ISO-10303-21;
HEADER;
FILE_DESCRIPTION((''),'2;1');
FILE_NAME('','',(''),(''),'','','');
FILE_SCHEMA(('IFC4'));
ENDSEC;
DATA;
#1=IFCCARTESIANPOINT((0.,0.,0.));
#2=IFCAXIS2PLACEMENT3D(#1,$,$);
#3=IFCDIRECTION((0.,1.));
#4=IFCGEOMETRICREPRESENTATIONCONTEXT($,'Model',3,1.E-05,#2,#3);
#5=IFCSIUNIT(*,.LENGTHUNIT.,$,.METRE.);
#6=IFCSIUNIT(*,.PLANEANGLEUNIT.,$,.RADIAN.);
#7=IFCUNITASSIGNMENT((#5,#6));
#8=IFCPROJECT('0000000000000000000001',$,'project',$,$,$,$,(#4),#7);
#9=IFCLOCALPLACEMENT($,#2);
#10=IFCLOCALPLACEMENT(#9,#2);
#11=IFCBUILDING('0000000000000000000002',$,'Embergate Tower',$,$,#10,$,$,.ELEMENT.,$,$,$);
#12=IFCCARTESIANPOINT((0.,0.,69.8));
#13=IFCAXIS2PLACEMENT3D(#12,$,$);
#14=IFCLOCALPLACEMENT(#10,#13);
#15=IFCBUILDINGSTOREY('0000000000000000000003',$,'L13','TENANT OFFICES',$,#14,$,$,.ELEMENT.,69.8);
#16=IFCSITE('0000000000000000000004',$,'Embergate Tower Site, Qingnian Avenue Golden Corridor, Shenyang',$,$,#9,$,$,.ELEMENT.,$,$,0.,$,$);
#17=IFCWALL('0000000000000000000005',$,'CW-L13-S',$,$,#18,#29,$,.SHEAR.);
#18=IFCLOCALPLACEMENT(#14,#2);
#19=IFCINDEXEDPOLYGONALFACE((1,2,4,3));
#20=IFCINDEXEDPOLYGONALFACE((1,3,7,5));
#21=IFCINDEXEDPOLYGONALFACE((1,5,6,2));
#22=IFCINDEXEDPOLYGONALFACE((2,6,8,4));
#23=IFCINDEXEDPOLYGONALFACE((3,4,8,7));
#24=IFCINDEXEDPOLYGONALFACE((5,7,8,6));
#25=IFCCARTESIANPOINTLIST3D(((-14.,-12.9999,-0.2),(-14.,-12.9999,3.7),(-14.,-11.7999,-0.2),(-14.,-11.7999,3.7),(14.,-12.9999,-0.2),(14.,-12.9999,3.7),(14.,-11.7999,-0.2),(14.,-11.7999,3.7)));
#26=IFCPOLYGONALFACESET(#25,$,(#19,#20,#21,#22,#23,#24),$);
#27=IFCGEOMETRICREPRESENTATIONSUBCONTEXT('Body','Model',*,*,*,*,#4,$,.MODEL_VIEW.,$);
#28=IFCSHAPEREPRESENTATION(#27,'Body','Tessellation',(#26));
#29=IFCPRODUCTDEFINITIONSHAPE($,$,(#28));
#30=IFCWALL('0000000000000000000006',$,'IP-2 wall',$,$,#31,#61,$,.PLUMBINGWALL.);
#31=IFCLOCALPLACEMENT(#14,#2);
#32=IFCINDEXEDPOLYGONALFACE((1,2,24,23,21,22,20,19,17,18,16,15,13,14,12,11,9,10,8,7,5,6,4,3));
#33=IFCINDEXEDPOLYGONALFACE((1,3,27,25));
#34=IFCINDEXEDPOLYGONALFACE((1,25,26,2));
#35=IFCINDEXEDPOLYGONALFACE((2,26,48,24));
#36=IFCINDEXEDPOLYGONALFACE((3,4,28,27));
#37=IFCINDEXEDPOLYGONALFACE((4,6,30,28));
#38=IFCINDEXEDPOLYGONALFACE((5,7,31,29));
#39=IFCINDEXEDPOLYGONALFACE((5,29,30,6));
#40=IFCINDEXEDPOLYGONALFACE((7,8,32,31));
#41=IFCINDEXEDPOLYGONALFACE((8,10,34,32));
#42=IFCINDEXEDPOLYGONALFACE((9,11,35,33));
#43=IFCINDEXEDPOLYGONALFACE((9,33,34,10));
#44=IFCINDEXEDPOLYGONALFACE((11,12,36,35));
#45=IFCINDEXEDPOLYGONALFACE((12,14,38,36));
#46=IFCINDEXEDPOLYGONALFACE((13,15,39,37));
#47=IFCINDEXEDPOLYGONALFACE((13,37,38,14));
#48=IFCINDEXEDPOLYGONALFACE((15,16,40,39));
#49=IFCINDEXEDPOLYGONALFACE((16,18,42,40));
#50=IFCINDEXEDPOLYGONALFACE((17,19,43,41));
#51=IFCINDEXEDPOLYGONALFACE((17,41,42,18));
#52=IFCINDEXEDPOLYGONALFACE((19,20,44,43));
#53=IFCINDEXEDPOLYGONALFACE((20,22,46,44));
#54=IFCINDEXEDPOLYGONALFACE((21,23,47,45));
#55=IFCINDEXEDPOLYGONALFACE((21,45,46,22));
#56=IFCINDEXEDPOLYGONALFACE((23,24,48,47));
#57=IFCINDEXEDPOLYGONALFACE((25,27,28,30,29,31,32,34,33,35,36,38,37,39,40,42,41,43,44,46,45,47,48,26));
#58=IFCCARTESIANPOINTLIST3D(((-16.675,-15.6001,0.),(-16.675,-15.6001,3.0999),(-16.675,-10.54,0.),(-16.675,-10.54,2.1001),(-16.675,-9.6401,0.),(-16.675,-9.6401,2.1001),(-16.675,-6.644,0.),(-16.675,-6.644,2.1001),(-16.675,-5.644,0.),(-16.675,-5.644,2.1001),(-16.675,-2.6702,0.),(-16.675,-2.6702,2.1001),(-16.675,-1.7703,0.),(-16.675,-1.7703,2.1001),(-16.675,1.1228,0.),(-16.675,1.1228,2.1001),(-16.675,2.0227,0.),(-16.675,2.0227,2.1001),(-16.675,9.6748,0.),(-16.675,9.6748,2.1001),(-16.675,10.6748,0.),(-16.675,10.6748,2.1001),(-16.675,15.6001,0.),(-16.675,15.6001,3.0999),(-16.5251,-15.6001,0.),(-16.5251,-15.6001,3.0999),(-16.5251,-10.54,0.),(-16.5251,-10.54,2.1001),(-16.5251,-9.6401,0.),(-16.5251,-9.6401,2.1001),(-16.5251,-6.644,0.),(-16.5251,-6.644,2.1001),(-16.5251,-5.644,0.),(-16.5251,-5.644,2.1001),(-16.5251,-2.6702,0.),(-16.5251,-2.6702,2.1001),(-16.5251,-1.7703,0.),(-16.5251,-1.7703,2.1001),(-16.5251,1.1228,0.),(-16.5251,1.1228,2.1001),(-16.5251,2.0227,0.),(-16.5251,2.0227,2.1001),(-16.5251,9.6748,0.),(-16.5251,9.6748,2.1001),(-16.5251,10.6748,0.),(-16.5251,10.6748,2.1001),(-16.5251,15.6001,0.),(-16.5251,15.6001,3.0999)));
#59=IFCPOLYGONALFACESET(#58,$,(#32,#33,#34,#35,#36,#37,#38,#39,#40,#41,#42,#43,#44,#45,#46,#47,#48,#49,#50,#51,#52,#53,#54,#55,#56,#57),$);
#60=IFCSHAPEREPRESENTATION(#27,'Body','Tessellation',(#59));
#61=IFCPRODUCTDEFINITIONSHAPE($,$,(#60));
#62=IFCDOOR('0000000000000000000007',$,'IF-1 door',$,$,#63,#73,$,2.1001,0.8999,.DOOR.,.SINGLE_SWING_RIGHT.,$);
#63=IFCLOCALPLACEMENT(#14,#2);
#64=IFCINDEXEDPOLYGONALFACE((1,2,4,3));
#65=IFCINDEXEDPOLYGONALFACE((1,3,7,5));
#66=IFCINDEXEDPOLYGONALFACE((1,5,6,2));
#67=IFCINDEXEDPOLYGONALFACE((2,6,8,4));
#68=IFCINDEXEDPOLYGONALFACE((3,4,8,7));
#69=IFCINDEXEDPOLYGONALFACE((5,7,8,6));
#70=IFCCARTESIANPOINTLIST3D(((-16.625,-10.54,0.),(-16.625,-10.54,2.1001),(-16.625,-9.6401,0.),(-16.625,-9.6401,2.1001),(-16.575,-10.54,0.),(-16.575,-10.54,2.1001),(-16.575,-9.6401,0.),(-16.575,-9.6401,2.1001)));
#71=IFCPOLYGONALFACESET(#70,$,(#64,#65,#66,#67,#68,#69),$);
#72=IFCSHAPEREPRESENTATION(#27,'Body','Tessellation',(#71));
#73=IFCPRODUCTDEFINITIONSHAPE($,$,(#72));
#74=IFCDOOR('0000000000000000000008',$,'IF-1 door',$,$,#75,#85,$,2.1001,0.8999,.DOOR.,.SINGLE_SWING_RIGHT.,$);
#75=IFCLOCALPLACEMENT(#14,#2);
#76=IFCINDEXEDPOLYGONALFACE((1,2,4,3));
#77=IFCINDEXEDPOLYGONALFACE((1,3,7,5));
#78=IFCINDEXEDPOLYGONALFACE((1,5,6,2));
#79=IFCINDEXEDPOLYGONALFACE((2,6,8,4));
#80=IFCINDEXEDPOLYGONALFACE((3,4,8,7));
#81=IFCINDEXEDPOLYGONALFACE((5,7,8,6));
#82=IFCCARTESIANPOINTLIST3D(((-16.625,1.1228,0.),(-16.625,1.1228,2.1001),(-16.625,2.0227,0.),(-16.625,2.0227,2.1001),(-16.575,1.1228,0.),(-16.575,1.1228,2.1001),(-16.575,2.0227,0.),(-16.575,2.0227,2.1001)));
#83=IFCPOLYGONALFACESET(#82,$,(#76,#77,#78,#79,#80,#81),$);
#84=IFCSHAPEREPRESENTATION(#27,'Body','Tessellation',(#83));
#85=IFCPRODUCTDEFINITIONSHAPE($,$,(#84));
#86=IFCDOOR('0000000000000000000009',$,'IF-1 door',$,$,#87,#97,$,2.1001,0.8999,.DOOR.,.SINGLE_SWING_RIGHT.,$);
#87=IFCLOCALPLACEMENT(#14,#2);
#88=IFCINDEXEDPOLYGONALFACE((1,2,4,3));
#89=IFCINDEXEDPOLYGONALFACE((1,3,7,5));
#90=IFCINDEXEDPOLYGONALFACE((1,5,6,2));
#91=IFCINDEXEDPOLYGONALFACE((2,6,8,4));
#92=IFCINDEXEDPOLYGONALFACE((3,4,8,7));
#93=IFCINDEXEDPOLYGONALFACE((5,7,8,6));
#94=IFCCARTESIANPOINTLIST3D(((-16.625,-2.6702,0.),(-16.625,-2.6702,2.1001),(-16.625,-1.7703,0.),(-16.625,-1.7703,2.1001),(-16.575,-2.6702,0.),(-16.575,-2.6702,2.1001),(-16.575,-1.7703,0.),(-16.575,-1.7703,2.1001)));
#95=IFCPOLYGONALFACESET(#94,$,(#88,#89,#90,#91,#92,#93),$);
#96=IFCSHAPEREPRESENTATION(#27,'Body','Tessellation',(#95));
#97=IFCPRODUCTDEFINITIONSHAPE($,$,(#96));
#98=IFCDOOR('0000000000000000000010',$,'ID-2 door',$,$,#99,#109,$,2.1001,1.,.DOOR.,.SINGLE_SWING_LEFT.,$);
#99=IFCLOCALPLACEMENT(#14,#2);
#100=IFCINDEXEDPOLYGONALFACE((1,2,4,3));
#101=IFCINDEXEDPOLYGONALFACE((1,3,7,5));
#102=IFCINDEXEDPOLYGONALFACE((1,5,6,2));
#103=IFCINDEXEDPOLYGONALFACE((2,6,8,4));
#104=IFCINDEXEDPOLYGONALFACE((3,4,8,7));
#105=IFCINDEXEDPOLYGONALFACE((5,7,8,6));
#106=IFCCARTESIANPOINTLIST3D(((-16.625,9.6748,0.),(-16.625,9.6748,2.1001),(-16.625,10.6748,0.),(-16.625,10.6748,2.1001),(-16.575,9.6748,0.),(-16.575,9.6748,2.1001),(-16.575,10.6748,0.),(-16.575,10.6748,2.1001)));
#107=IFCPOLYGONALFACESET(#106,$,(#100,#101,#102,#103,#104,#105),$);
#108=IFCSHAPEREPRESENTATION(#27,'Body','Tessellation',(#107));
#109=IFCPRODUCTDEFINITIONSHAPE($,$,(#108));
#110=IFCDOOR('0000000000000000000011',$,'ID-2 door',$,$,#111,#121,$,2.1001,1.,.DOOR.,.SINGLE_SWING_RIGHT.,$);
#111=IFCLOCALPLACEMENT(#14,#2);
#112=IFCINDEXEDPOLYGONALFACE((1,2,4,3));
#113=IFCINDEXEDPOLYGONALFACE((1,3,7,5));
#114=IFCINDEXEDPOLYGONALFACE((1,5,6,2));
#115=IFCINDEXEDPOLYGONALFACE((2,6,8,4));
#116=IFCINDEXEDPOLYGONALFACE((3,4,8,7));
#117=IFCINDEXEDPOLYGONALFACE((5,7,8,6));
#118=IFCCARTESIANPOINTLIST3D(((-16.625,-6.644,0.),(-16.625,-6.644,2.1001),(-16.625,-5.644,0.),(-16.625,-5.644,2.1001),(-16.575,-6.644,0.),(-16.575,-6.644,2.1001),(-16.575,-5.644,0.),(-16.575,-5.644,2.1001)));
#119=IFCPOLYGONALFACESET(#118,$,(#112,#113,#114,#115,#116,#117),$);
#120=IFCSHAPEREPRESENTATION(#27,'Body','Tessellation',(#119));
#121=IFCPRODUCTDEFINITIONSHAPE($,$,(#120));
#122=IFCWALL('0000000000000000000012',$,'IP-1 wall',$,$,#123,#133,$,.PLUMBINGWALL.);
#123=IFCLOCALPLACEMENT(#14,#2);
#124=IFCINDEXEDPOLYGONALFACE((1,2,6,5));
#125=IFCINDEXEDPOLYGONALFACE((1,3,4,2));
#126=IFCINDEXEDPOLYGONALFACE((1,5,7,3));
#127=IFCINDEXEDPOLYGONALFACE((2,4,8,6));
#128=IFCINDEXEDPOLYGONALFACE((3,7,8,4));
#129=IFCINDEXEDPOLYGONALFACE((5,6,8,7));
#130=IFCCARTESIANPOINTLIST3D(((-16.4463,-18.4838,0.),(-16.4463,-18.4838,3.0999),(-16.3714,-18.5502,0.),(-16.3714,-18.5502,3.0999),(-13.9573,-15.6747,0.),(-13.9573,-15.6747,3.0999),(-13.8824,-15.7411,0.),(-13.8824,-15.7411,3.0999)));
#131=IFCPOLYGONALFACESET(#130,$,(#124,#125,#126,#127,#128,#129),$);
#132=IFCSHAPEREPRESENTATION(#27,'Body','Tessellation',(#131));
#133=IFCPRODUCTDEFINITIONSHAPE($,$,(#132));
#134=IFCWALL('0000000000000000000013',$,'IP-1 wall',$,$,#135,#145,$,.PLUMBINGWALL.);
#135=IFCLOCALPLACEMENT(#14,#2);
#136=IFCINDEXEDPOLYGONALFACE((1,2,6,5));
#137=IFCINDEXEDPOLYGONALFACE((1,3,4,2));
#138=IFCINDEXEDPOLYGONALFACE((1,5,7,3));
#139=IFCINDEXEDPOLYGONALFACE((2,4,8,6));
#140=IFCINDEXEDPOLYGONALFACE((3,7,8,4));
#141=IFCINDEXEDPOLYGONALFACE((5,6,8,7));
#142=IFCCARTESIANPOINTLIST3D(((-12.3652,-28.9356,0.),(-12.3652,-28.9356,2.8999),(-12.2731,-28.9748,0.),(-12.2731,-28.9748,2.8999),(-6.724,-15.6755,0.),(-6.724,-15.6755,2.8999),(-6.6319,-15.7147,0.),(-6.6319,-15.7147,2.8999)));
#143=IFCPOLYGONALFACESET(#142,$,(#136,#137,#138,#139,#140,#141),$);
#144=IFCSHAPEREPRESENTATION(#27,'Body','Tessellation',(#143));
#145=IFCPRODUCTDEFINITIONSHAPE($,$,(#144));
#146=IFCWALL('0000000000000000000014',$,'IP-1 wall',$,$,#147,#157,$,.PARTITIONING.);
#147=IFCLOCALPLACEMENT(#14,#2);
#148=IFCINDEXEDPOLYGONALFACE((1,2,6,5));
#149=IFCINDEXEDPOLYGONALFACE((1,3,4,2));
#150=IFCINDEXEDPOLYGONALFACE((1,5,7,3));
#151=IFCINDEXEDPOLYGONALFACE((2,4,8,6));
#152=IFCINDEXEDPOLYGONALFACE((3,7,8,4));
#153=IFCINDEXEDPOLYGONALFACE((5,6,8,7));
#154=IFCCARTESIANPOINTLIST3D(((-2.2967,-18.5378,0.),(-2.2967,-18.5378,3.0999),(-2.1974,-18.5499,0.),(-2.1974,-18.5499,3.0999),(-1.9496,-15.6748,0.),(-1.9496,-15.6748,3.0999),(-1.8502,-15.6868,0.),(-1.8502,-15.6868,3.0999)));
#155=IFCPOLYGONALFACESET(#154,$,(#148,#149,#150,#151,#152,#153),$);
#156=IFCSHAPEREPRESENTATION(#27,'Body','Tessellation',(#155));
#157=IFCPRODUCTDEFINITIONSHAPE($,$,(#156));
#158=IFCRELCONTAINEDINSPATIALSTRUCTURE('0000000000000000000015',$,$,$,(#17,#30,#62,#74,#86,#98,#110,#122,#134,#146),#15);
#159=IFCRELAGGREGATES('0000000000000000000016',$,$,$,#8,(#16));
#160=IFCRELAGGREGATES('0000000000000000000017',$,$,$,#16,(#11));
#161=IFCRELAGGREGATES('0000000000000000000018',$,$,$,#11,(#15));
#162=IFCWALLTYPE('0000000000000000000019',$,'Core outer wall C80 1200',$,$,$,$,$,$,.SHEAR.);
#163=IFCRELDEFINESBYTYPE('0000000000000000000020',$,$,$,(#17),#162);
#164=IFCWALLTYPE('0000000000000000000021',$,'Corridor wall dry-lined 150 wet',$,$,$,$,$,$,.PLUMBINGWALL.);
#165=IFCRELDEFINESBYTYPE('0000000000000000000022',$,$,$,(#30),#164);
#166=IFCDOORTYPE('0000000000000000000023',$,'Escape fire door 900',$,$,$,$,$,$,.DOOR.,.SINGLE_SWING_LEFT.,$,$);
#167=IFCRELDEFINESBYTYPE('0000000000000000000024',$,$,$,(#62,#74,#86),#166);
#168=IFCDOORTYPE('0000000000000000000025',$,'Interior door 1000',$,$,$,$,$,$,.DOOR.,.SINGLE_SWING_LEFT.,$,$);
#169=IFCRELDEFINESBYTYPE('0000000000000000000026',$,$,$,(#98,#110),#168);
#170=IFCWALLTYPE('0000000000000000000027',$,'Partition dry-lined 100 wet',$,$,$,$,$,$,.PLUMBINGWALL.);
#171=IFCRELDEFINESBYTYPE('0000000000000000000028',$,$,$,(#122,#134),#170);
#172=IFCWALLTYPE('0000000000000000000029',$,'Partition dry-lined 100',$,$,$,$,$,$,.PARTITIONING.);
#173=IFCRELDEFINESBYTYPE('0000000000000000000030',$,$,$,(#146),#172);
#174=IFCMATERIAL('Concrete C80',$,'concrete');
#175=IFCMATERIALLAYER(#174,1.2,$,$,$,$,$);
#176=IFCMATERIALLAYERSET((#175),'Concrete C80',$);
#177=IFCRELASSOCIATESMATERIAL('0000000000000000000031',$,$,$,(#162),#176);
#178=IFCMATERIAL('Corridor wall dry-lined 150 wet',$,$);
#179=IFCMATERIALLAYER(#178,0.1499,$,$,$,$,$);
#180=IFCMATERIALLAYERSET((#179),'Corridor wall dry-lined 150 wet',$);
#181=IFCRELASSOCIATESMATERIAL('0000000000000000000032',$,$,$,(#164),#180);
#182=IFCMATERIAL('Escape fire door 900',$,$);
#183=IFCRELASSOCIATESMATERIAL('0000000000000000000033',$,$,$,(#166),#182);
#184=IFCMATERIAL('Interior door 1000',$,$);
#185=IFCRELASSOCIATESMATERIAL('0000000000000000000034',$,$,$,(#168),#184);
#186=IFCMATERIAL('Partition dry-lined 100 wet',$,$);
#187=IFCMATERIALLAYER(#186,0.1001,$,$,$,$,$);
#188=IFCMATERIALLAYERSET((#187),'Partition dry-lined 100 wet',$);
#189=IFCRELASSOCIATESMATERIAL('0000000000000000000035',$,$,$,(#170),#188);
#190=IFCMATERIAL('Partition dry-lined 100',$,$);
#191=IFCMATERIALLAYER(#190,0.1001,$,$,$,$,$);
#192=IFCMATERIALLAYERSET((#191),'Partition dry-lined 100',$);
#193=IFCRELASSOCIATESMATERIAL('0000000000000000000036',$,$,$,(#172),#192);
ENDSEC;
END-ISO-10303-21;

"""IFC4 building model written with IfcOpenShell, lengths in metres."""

from ifc_helpers import new_model, si_unit, direction, frame, frame_2d, origin, place, context, subcontext, project, spatial, rectangle, extrude, source, transform, mapped, material, layer, layer_set, type_object, element, fill, save


model = new_model("IFC4")

# Units and contexts
model_context = context("Model", 3, precision=1e-05, world=origin(), true_north=direction((0.0, 1.0)))
body_context = subcontext(model_context, "Body", "Model", "MODEL_VIEW")
ifc_project = project(units=[si_unit("LENGTHUNIT", "METRE"), si_unit("PLANEANGLEUNIT", "RADIAN")], contexts=[model_context])

# Site, building, storey
site_placement = place(None, origin())
site = spatial("IfcSite", under=ifc_project, at=site_placement, Name="Embergate Tower Site, Qingnian Avenue Golden Corridor, Shenyang", CompositionType="ELEMENT", RefElevation=0.0)
building_placement = place(site_placement, origin())
building = spatial("IfcBuilding", under=site, at=building_placement, Name="Embergate Tower", CompositionType="ELEMENT")
storey_placement = place(building_placement, frame((0.0, 0.0, 69.8)))
storey = spatial("IfcBuildingStorey", under=building, at=storey_placement, Name="L13", Description="TENANT OFFICES", CompositionType="ELEMENT", Elevation=69.8)

# Wall
ifc_material_1 = material(Name="Concrete C80", Category="concrete")
ifc_layer_1 = layer(ifc_material_1, 1.2)
ifc_layer_set_1 = layer_set([ifc_layer_1], Name="Concrete C80")
wall_type_1 = type_object("IfcWallType", Name="Core outer wall C80 1200", PredefinedType="SHEAR", material=ifc_layer_set_1)
shared_shape_1 = source(origin(), body_context, "Body", "SweptSolid", [
    extrude(rectangle(XDim=28.0, YDim=1.2, at=frame_2d((14.0, 0.0))), origin(), (0.0, 0.0, 1.0), 3.8999),
])
wall_1_placement = place(storey_placement, frame((-14.0, -12.3999, -0.2), z_axis=(0.0, 0.0, 1.0), x_axis=(1.0, 0.0, 0.0)))
element("IfcWall", 1, at=wall_1_placement, inside=storey, type_object=wall_type_1, Name="CW-L13-S", PredefinedType="SHEAR", context=body_context, shape_type="MappedRepresentation", body=[
    mapped(shared_shape_1, transform((0.0, 0.0, 0.0))),
])

# Wall, openings, doors
ifc_material_2 = material(Name="Corridor wall dry-lined 150 wet")
ifc_layer_2 = layer(ifc_material_2, 0.1499)
ifc_layer_set_2 = layer_set([ifc_layer_2], Name="Corridor wall dry-lined 150 wet")
wall_type_2 = type_object("IfcWallType", Name="Corridor wall dry-lined 150 wet", PredefinedType="PLUMBINGWALL", material=ifc_layer_set_2)
shared_shape_2 = source(origin(), body_context, "Body", "SweptSolid", [
    extrude(rectangle(XDim=31.2002, YDim=0.1499, at=frame_2d((15.6001, 0.0))), origin(), (0.0, 0.0, 1.0), 3.0999),
])
wall_2_placement = place(storey_placement, frame((-16.6001, -15.6001, 0.0), z_axis=(0.0, 0.0, 1.0), x_axis=(0.0, 1.0, 0.0)))
wall_2 = element("IfcWall", 2, at=wall_2_placement, inside=storey, type_object=wall_type_2, Name="IP-2 wall", PredefinedType="PLUMBINGWALL", context=body_context, shape_type="MappedRepresentation", body=[
    mapped(shared_shape_2, transform((0.0, 0.0, 0.0))),
])
shared_shape_3 = source(origin(), body_context, "Body", "SweptSolid", [
    extrude(rectangle(XDim=0.8999, YDim=2.1001, at=frame_2d((0.45, 1.05))), frame((0.0, 0.085, 0.0), z_axis=(0.0, -1.0, 0.0), x_axis=(1.0, 0.0, 0.0)), (0.0, 0.0, 1.0), 0.1699),
])
opening_1_placement = place(wall_2_placement, frame((5.0601, 0.0, 0.0)))
opening_1 = element("IfcOpeningElement", 3, at=opening_1_placement, cuts=wall_2, PredefinedType="OPENING", context=body_context, shape_type="MappedRepresentation", body=[
    mapped(shared_shape_3, transform((0.0, 0.0, 0.0))),
])
shared_shape_4 = source(origin(), body_context, "Body", "SweptSolid", [
    extrude(rectangle(XDim=1.0, YDim=2.1001, at=frame_2d((0.5, 1.05))), frame((0.0, 0.085, 0.0), z_axis=(0.0, -1.0, 0.0), x_axis=(1.0, 0.0, 0.0)), (0.0, 0.0, 1.0), 0.1699),
])
opening_2_placement = place(wall_2_placement, frame((25.2749, 0.0, 0.0)))
opening_2 = element("IfcOpeningElement", 4, at=opening_2_placement, cuts=wall_2, PredefinedType="OPENING", context=body_context, shape_type="MappedRepresentation", body=[
    mapped(shared_shape_4, transform((0.0, 0.0, 0.0))),
])
opening_3_placement = place(wall_2_placement, frame((16.7229, 0.0, 0.0)))
opening_3 = element("IfcOpeningElement", 5, at=opening_3_placement, cuts=wall_2, PredefinedType="OPENING", context=body_context, shape_type="MappedRepresentation", body=[
    mapped(shared_shape_3, transform((0.0, 0.0, 0.0))),
])
opening_4_placement = place(wall_2_placement, frame((12.9299, 0.0, 0.0)))
opening_4 = element("IfcOpeningElement", 6, at=opening_4_placement, cuts=wall_2, PredefinedType="OPENING", context=body_context, shape_type="MappedRepresentation", body=[
    mapped(shared_shape_3, transform((0.0, 0.0, 0.0))),
])
opening_5_placement = place(wall_2_placement, frame((8.9561, 0.0, 0.0)))
opening_5 = element("IfcOpeningElement", 7, at=opening_5_placement, cuts=wall_2, PredefinedType="OPENING", context=body_context, shape_type="MappedRepresentation", body=[
    mapped(shared_shape_4, transform((0.0, 0.0, 0.0))),
])
ifc_material_3 = material(Name="Escape fire door 900")
door_type_1 = type_object("IfcDoorType", Name="Escape fire door 900", OperationType="SINGLE_SWING_LEFT", PredefinedType="DOOR", material=ifc_material_3)
shared_shape_5 = source(origin(), body_context, "Body", "SweptSolid", [
    extrude(rectangle(XDim=0.8999, YDim=2.1001, at=frame_2d((0.45, 1.05))), frame((0.0, 0.0249, 0.0), z_axis=(0.0, -1.0, 0.0), x_axis=(1.0, 0.0, 0.0)), (0.0, 0.0, 1.0), 0.05),
])
door_1_placement = place(opening_1_placement, origin())
door_1 = element("IfcDoor", 8, at=door_1_placement, inside=storey, type_object=door_type_1, Name="IF-1 door", OperationType="SINGLE_SWING_RIGHT", OverallHeight=2.1001, OverallWidth=0.8999, PredefinedType="DOOR", context=body_context, shape_type="MappedRepresentation", body=[
    mapped(shared_shape_5, transform((0.0, 0.0, 0.0))),
])
fill(opening_1, door_1)
door_2_placement = place(opening_3_placement, origin())
door_2 = element("IfcDoor", 9, at=door_2_placement, inside=storey, type_object=door_type_1, Name="IF-1 door", OperationType="SINGLE_SWING_RIGHT", OverallHeight=2.1001, OverallWidth=0.8999, PredefinedType="DOOR", context=body_context, shape_type="MappedRepresentation", body=[
    mapped(shared_shape_5, transform((0.0, 0.0, 0.0))),
])
fill(opening_3, door_2)
door_3_placement = place(opening_4_placement, origin())
door_3 = element("IfcDoor", 10, at=door_3_placement, inside=storey, type_object=door_type_1, Name="IF-1 door", OperationType="SINGLE_SWING_RIGHT", OverallHeight=2.1001, OverallWidth=0.8999, PredefinedType="DOOR", context=body_context, shape_type="MappedRepresentation", body=[
    mapped(shared_shape_5, transform((0.0, 0.0, 0.0))),
])
fill(opening_4, door_3)
ifc_material_4 = material(Name="Interior door 1000")
door_type_2 = type_object("IfcDoorType", Name="Interior door 1000", OperationType="SINGLE_SWING_LEFT", PredefinedType="DOOR", material=ifc_material_4)
shared_shape_6 = source(origin(), body_context, "Body", "SweptSolid", [
    extrude(rectangle(XDim=1.0, YDim=2.1001, at=frame_2d((0.5, 1.05))), frame((0.0, 0.0249, 0.0), z_axis=(0.0, -1.0, 0.0), x_axis=(1.0, 0.0, 0.0)), (0.0, 0.0, 1.0), 0.05),
])
door_4_placement = place(opening_2_placement, origin())
door_4 = element("IfcDoor", 11, at=door_4_placement, inside=storey, type_object=door_type_2, Name="ID-2 door", OperationType="SINGLE_SWING_LEFT", OverallHeight=2.1001, OverallWidth=1.0, PredefinedType="DOOR", context=body_context, shape_type="MappedRepresentation", body=[
    mapped(shared_shape_6, transform((0.0, 0.0, 0.0))),
])
fill(opening_2, door_4)
door_5_placement = place(opening_5_placement, origin())
door_5 = element("IfcDoor", 12, at=door_5_placement, inside=storey, type_object=door_type_2, Name="ID-2 door", OperationType="SINGLE_SWING_RIGHT", OverallHeight=2.1001, OverallWidth=1.0, PredefinedType="DOOR", context=body_context, shape_type="MappedRepresentation", body=[
    mapped(shared_shape_6, transform((0.0, 0.0, 0.0))),
])
fill(opening_5, door_5)

# Walls
ifc_material_5 = material(Name="Partition dry-lined 100 wet")
ifc_layer_3 = layer(ifc_material_5, 0.1001)
ifc_layer_set_3 = layer_set([ifc_layer_3], Name="Partition dry-lined 100 wet")
wall_type_3 = type_object("IfcWallType", Name="Partition dry-lined 100 wet", PredefinedType="PLUMBINGWALL", material=ifc_layer_set_3)
shared_shape_7 = source(origin(), body_context, "Body", "SweptSolid", [
    extrude(rectangle(XDim=3.7532, YDim=0.1001, at=frame_2d((1.8765, 0.0))), origin(), (0.0, 0.0, 1.0), 3.0999),
])
wall_3_placement = place(storey_placement, frame((-13.9199, -15.708, 0.0), z_axis=(0.0, 0.0, 1.0), x_axis=(-0.66318, -0.74846, 0.0)))
element("IfcWall", 13, at=wall_3_placement, inside=storey, type_object=wall_type_3, Name="IP-1 wall", PredefinedType="PLUMBINGWALL", context=body_context, shape_type="MappedRepresentation", body=[
    mapped(shared_shape_7, transform((0.0, 0.0, 0.0))),
])
shared_shape_8 = source(origin(), body_context, "Body", "SweptSolid", [
    extrude(rectangle(XDim=14.4102, YDim=0.1001, at=frame_2d((7.2051, 0.0))), origin(), (0.0, 0.0, 1.0), 2.8999),
])
wall_4_placement = place(storey_placement, frame((-6.678, -15.6951, 0.0), z_axis=(0.0, 0.0, 1.0), x_axis=(-0.39147, -0.920191, 0.0)))
element("IfcWall", 14, at=wall_4_placement, inside=storey, type_object=wall_type_3, Name="IP-1 wall", PredefinedType="PLUMBINGWALL", context=body_context, shape_type="MappedRepresentation", body=[
    mapped(shared_shape_8, transform((0.0, 0.0, 0.0))),
])
ifc_material_6 = material(Name="Partition dry-lined 100")
ifc_layer_4 = layer(ifc_material_6, 0.1001)
ifc_layer_set_4 = layer_set([ifc_layer_4], Name="Partition dry-lined 100")
wall_type_4 = type_object("IfcWallType", Name="Partition dry-lined 100", PredefinedType="PARTITIONING", material=ifc_layer_set_4)
shared_shape_9 = source(origin(), body_context, "Body", "SweptSolid", [
    extrude(rectangle(XDim=2.884, YDim=0.1001, at=frame_2d((1.4419, 0.0))), origin(), (0.0, 0.0, 1.0), 3.0999),
])
wall_5_placement = place(storey_placement, frame((-1.8999, -15.6809, 0.0), z_axis=(0.0, 0.0, 1.0), x_axis=(-0.120377, -0.992728, 0.0)))
element("IfcWall", 15, at=wall_5_placement, inside=storey, type_object=wall_type_4, Name="IP-1 wall", PredefinedType="PARTITIONING", context=body_context, shape_type="MappedRepresentation", body=[
    mapped(shared_shape_9, transform((0.0, 0.0, 0.0))),
])

save(model, "model.ifc")
